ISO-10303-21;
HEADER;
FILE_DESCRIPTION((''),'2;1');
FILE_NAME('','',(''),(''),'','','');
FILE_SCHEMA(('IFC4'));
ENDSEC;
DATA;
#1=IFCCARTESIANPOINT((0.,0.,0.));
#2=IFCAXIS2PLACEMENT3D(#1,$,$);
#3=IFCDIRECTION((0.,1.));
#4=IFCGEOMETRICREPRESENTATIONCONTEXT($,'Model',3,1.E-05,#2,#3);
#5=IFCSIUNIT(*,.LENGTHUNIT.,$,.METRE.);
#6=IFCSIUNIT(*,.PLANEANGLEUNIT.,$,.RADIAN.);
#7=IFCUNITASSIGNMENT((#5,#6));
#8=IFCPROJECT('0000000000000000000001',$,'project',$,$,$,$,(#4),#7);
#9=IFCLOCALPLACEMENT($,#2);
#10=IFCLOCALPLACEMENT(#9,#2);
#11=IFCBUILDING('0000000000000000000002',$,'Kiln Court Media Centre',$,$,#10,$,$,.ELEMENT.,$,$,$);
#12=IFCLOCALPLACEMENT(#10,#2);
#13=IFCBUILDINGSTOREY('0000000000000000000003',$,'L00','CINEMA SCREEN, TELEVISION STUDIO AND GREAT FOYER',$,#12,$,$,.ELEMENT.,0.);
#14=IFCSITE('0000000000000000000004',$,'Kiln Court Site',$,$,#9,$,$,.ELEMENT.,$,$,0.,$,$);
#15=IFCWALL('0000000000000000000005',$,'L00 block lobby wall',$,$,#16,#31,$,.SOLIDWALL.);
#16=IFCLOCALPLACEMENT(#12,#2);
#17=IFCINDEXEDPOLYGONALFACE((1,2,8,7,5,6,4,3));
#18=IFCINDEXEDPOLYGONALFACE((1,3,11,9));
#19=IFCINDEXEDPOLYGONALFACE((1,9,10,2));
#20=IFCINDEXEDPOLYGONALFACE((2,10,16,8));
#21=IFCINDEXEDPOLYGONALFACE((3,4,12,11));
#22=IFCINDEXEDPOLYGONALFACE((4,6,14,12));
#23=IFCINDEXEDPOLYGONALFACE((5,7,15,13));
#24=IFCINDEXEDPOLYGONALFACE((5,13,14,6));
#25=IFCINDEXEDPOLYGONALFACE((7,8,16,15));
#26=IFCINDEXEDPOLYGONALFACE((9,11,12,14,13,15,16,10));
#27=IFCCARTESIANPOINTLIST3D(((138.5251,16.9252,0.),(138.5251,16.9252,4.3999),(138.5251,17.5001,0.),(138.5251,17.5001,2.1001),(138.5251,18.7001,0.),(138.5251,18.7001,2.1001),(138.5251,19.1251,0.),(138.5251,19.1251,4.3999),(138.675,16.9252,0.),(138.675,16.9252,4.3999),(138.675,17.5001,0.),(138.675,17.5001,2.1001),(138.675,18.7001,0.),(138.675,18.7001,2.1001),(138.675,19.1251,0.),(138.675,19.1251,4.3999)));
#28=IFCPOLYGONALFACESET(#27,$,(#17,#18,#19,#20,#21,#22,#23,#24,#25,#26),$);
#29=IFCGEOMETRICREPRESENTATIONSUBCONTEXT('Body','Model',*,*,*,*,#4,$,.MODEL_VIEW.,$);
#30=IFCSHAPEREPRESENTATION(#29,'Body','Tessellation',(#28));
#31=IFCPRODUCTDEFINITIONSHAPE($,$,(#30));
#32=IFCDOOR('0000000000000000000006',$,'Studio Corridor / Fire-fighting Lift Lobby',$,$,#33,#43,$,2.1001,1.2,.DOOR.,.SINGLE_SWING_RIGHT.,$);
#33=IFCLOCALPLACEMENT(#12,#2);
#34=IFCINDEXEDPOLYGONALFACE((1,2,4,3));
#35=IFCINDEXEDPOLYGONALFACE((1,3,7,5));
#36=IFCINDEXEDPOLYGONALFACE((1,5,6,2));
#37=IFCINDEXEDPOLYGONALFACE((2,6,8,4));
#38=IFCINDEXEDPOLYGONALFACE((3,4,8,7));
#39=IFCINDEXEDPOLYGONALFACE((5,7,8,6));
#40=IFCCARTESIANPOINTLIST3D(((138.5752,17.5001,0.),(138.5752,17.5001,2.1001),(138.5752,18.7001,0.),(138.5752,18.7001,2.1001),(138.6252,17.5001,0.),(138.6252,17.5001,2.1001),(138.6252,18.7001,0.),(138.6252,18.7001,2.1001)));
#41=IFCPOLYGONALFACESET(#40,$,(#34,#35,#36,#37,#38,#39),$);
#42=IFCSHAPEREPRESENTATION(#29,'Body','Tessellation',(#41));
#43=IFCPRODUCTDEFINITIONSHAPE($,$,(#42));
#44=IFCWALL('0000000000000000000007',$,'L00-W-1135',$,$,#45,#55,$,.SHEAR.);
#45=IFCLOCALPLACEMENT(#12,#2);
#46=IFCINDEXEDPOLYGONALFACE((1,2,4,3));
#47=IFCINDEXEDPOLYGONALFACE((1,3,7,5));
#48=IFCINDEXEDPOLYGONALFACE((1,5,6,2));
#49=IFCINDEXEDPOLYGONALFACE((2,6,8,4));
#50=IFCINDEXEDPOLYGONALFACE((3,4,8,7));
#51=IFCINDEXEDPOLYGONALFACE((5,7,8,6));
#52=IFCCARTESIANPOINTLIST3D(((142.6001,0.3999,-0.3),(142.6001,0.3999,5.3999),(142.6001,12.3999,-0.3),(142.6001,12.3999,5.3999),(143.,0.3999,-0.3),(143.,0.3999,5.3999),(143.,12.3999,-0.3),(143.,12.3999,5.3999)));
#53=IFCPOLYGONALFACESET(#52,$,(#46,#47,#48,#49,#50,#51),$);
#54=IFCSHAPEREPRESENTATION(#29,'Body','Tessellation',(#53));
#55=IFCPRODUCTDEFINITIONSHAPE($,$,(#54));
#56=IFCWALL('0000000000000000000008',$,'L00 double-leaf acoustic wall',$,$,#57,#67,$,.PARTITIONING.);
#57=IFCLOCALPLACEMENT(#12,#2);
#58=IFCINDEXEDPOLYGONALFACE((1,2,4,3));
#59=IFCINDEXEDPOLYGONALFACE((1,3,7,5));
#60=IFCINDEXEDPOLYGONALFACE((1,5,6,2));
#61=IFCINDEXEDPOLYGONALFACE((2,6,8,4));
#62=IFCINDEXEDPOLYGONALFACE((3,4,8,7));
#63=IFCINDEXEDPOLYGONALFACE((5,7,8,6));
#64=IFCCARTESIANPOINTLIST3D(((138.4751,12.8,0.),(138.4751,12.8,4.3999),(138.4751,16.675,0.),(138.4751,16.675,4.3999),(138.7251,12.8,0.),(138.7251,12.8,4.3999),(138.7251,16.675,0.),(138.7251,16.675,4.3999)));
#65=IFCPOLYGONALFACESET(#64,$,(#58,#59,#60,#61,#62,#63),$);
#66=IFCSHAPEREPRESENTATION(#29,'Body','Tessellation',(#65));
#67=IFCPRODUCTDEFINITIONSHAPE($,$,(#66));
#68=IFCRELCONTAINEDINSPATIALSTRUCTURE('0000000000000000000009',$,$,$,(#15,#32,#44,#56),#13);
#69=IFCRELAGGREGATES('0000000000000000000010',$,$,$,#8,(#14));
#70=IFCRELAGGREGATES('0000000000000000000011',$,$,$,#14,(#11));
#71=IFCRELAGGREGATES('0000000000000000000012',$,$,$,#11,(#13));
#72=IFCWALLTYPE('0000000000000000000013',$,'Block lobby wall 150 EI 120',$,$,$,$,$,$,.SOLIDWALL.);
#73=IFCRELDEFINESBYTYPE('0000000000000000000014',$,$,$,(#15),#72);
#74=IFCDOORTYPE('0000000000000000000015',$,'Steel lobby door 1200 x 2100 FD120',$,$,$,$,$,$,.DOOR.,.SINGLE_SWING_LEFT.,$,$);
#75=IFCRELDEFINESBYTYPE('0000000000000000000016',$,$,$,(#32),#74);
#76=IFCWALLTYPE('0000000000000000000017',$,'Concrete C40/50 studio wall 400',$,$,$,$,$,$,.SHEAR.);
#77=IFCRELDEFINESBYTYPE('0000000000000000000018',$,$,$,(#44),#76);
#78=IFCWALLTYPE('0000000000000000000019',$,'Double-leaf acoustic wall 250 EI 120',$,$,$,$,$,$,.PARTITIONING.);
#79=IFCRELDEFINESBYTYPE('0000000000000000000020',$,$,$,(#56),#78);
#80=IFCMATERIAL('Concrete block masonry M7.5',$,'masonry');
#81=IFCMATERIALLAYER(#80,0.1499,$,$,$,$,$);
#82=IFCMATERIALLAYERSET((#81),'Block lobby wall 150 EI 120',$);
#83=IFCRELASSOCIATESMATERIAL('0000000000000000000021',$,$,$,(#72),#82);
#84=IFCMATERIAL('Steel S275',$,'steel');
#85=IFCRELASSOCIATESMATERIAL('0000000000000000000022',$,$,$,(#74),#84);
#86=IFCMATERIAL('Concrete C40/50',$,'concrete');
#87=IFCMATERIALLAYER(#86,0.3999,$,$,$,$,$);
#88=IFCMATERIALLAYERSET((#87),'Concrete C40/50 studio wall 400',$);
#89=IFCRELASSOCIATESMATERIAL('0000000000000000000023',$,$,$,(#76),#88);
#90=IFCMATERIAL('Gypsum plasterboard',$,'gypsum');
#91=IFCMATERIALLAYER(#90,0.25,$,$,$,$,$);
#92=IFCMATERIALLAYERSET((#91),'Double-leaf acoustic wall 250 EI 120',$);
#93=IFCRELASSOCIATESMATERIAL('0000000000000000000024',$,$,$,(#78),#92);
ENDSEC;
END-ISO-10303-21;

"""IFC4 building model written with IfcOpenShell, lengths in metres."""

from ifc_helpers import new_model, si_unit, direction, frame, frame_2d, origin, place, context, subcontext, project, spatial, rectangle, extrude, material, layer, layer_set, type_object, element, fill, save


model = new_model("IFC4")

# Units and contexts
model_context = context("Model", 3, precision=1e-05, world=origin(), true_north=direction((0.0, 1.0)))
body_context = subcontext(model_context, "Body", "Model", "MODEL_VIEW")
ifc_project = project(units=[si_unit("LENGTHUNIT", "METRE"), si_unit("PLANEANGLEUNIT", "RADIAN")], contexts=[model_context])

# Site, building, storey
site_placement = place(None, origin())
site = spatial("IfcSite", under=ifc_project, at=site_placement, Name="Kiln Court Site", CompositionType="ELEMENT", RefElevation=0.0)
building_placement = place(site_placement, origin())
building = spatial("IfcBuilding", under=site, at=building_placement, Name="Kiln Court Media Centre", CompositionType="ELEMENT")
storey_placement = place(building_placement, origin())
storey = spatial("IfcBuildingStorey", under=building, at=storey_placement, Name="L00", Description="CINEMA SCREEN, TELEVISION STUDIO AND GREAT FOYER", CompositionType="ELEMENT", Elevation=0.0)

# Wall, opening, door
ifc_material_1 = material(Name="Concrete block masonry M7.5", Category="masonry")
ifc_layer_1 = layer(ifc_material_1, 0.1499)
ifc_layer_set_1 = layer_set([ifc_layer_1], Name="Block lobby wall 150 EI 120")
wall_type_1 = type_object("IfcWallType", Name="Block lobby wall 150 EI 120", PredefinedType="SOLIDWALL", material=ifc_layer_set_1)
ifc_material_2 = material(Name="Steel S275", Category="steel")
door_type = type_object("IfcDoorType", Name="Steel lobby door 1200 x 2100 FD120", OperationType="SINGLE_SWING_LEFT", PredefinedType="DOOR", material=ifc_material_2)
wall_1_placement = place(storey_placement, frame((138.6001, 16.925, 0.0), z_axis=(0.0, 0.0, 1.0), x_axis=(0.0, 1.0, 0.0)))
wall_1 = element("IfcWall", 1, at=wall_1_placement, inside=storey, type_object=wall_type_1, Name="L00 block lobby wall", PredefinedType="SOLIDWALL", context=body_context, shape_type="SweptSolid", body=[
    extrude(rectangle(XDim=2.2, YDim=0.1499, at=frame_2d((1.1001, 0.0))), origin(), (0.0, 0.0, 1.0), 4.3999),
])
opening_1_placement = place(wall_1_placement, frame((0.575, 0.0, 0.0)))
opening_1 = element("IfcOpeningElement", 2, at=opening_1_placement, cuts=wall_1, PredefinedType="OPENING", context=body_context, shape_type="SweptSolid", body=[
    extrude(rectangle(XDim=1.2, YDim=2.1001, at=frame_2d((0.6001, 1.05))), frame((0.0, 0.085, 0.0), z_axis=(0.0, -1.0, 0.0), x_axis=(1.0, 0.0, 0.0)), (0.0, 0.0, 1.0), 0.1699),
])
door_1_placement = place(opening_1_placement, origin())
door_1 = element("IfcDoor", 3, at=door_1_placement, inside=storey, type_object=door_type, Name="Studio Corridor / Fire-fighting Lift Lobby", OperationType="SINGLE_SWING_RIGHT", OverallHeight=2.1001, OverallWidth=1.2, PredefinedType="DOOR", context=body_context, shape_type="SweptSolid", body=[
    extrude(rectangle(XDim=1.2, YDim=2.1001, at=frame_2d((0.6001, 1.05))), frame((0.0, 0.0249, 0.0), z_axis=(0.0, -1.0, 0.0), x_axis=(1.0, 0.0, 0.0)), (0.0, 0.0, 1.0), 0.05),
])
fill(opening_1, door_1)

# Walls
ifc_material_3 = material(Name="Concrete C40/50", Category="concrete")
ifc_layer_2 = layer(ifc_material_3, 0.3999)
ifc_layer_set_2 = layer_set([ifc_layer_2], Name="Concrete C40/50 studio wall 400")
wall_type_2 = type_object("IfcWallType", Name="Concrete C40/50 studio wall 400", PredefinedType="SHEAR", material=ifc_layer_set_2)
wall_2_placement = place(storey_placement, frame((142.8, 12.3999, -0.3), z_axis=(0.0, 0.0, 1.0), x_axis=(0.0, -1.0, 0.0)))
element("IfcWall", 4, at=wall_2_placement, inside=storey, type_object=wall_type_2, Name="L00-W-1135", PredefinedType="SHEAR", context=body_context, shape_type="SweptSolid", body=[
    extrude(rectangle(XDim=12.0, YDim=0.3999, at=frame_2d((6.0, 0.0))), origin(), (0.0, 0.0, 1.0), 5.7),
])
ifc_material_4 = material(Name="Gypsum plasterboard", Category="gypsum")
ifc_layer_3 = layer(ifc_material_4, 0.25)
ifc_layer_set_3 = layer_set([ifc_layer_3], Name="Double-leaf acoustic wall 250 EI 120")
wall_type_3 = type_object("IfcWallType", Name="Double-leaf acoustic wall 250 EI 120", PredefinedType="PARTITIONING", material=ifc_layer_set_3)
wall_3_placement = place(storey_placement, frame((138.6001, 12.8, 0.0), z_axis=(0.0, 0.0, 1.0), x_axis=(0.0, 1.0, 0.0)))
element("IfcWall", 5, at=wall_3_placement, inside=storey, type_object=wall_type_3, Name="L00 double-leaf acoustic wall", PredefinedType="PARTITIONING", context=body_context, shape_type="SweptSolid", body=[
    extrude(rectangle(XDim=3.875, YDim=0.25, at=frame_2d((1.9375, 0.0))), origin(), (0.0, 0.0, 1.0), 4.3999),
])

save(model, "model.ifc")
